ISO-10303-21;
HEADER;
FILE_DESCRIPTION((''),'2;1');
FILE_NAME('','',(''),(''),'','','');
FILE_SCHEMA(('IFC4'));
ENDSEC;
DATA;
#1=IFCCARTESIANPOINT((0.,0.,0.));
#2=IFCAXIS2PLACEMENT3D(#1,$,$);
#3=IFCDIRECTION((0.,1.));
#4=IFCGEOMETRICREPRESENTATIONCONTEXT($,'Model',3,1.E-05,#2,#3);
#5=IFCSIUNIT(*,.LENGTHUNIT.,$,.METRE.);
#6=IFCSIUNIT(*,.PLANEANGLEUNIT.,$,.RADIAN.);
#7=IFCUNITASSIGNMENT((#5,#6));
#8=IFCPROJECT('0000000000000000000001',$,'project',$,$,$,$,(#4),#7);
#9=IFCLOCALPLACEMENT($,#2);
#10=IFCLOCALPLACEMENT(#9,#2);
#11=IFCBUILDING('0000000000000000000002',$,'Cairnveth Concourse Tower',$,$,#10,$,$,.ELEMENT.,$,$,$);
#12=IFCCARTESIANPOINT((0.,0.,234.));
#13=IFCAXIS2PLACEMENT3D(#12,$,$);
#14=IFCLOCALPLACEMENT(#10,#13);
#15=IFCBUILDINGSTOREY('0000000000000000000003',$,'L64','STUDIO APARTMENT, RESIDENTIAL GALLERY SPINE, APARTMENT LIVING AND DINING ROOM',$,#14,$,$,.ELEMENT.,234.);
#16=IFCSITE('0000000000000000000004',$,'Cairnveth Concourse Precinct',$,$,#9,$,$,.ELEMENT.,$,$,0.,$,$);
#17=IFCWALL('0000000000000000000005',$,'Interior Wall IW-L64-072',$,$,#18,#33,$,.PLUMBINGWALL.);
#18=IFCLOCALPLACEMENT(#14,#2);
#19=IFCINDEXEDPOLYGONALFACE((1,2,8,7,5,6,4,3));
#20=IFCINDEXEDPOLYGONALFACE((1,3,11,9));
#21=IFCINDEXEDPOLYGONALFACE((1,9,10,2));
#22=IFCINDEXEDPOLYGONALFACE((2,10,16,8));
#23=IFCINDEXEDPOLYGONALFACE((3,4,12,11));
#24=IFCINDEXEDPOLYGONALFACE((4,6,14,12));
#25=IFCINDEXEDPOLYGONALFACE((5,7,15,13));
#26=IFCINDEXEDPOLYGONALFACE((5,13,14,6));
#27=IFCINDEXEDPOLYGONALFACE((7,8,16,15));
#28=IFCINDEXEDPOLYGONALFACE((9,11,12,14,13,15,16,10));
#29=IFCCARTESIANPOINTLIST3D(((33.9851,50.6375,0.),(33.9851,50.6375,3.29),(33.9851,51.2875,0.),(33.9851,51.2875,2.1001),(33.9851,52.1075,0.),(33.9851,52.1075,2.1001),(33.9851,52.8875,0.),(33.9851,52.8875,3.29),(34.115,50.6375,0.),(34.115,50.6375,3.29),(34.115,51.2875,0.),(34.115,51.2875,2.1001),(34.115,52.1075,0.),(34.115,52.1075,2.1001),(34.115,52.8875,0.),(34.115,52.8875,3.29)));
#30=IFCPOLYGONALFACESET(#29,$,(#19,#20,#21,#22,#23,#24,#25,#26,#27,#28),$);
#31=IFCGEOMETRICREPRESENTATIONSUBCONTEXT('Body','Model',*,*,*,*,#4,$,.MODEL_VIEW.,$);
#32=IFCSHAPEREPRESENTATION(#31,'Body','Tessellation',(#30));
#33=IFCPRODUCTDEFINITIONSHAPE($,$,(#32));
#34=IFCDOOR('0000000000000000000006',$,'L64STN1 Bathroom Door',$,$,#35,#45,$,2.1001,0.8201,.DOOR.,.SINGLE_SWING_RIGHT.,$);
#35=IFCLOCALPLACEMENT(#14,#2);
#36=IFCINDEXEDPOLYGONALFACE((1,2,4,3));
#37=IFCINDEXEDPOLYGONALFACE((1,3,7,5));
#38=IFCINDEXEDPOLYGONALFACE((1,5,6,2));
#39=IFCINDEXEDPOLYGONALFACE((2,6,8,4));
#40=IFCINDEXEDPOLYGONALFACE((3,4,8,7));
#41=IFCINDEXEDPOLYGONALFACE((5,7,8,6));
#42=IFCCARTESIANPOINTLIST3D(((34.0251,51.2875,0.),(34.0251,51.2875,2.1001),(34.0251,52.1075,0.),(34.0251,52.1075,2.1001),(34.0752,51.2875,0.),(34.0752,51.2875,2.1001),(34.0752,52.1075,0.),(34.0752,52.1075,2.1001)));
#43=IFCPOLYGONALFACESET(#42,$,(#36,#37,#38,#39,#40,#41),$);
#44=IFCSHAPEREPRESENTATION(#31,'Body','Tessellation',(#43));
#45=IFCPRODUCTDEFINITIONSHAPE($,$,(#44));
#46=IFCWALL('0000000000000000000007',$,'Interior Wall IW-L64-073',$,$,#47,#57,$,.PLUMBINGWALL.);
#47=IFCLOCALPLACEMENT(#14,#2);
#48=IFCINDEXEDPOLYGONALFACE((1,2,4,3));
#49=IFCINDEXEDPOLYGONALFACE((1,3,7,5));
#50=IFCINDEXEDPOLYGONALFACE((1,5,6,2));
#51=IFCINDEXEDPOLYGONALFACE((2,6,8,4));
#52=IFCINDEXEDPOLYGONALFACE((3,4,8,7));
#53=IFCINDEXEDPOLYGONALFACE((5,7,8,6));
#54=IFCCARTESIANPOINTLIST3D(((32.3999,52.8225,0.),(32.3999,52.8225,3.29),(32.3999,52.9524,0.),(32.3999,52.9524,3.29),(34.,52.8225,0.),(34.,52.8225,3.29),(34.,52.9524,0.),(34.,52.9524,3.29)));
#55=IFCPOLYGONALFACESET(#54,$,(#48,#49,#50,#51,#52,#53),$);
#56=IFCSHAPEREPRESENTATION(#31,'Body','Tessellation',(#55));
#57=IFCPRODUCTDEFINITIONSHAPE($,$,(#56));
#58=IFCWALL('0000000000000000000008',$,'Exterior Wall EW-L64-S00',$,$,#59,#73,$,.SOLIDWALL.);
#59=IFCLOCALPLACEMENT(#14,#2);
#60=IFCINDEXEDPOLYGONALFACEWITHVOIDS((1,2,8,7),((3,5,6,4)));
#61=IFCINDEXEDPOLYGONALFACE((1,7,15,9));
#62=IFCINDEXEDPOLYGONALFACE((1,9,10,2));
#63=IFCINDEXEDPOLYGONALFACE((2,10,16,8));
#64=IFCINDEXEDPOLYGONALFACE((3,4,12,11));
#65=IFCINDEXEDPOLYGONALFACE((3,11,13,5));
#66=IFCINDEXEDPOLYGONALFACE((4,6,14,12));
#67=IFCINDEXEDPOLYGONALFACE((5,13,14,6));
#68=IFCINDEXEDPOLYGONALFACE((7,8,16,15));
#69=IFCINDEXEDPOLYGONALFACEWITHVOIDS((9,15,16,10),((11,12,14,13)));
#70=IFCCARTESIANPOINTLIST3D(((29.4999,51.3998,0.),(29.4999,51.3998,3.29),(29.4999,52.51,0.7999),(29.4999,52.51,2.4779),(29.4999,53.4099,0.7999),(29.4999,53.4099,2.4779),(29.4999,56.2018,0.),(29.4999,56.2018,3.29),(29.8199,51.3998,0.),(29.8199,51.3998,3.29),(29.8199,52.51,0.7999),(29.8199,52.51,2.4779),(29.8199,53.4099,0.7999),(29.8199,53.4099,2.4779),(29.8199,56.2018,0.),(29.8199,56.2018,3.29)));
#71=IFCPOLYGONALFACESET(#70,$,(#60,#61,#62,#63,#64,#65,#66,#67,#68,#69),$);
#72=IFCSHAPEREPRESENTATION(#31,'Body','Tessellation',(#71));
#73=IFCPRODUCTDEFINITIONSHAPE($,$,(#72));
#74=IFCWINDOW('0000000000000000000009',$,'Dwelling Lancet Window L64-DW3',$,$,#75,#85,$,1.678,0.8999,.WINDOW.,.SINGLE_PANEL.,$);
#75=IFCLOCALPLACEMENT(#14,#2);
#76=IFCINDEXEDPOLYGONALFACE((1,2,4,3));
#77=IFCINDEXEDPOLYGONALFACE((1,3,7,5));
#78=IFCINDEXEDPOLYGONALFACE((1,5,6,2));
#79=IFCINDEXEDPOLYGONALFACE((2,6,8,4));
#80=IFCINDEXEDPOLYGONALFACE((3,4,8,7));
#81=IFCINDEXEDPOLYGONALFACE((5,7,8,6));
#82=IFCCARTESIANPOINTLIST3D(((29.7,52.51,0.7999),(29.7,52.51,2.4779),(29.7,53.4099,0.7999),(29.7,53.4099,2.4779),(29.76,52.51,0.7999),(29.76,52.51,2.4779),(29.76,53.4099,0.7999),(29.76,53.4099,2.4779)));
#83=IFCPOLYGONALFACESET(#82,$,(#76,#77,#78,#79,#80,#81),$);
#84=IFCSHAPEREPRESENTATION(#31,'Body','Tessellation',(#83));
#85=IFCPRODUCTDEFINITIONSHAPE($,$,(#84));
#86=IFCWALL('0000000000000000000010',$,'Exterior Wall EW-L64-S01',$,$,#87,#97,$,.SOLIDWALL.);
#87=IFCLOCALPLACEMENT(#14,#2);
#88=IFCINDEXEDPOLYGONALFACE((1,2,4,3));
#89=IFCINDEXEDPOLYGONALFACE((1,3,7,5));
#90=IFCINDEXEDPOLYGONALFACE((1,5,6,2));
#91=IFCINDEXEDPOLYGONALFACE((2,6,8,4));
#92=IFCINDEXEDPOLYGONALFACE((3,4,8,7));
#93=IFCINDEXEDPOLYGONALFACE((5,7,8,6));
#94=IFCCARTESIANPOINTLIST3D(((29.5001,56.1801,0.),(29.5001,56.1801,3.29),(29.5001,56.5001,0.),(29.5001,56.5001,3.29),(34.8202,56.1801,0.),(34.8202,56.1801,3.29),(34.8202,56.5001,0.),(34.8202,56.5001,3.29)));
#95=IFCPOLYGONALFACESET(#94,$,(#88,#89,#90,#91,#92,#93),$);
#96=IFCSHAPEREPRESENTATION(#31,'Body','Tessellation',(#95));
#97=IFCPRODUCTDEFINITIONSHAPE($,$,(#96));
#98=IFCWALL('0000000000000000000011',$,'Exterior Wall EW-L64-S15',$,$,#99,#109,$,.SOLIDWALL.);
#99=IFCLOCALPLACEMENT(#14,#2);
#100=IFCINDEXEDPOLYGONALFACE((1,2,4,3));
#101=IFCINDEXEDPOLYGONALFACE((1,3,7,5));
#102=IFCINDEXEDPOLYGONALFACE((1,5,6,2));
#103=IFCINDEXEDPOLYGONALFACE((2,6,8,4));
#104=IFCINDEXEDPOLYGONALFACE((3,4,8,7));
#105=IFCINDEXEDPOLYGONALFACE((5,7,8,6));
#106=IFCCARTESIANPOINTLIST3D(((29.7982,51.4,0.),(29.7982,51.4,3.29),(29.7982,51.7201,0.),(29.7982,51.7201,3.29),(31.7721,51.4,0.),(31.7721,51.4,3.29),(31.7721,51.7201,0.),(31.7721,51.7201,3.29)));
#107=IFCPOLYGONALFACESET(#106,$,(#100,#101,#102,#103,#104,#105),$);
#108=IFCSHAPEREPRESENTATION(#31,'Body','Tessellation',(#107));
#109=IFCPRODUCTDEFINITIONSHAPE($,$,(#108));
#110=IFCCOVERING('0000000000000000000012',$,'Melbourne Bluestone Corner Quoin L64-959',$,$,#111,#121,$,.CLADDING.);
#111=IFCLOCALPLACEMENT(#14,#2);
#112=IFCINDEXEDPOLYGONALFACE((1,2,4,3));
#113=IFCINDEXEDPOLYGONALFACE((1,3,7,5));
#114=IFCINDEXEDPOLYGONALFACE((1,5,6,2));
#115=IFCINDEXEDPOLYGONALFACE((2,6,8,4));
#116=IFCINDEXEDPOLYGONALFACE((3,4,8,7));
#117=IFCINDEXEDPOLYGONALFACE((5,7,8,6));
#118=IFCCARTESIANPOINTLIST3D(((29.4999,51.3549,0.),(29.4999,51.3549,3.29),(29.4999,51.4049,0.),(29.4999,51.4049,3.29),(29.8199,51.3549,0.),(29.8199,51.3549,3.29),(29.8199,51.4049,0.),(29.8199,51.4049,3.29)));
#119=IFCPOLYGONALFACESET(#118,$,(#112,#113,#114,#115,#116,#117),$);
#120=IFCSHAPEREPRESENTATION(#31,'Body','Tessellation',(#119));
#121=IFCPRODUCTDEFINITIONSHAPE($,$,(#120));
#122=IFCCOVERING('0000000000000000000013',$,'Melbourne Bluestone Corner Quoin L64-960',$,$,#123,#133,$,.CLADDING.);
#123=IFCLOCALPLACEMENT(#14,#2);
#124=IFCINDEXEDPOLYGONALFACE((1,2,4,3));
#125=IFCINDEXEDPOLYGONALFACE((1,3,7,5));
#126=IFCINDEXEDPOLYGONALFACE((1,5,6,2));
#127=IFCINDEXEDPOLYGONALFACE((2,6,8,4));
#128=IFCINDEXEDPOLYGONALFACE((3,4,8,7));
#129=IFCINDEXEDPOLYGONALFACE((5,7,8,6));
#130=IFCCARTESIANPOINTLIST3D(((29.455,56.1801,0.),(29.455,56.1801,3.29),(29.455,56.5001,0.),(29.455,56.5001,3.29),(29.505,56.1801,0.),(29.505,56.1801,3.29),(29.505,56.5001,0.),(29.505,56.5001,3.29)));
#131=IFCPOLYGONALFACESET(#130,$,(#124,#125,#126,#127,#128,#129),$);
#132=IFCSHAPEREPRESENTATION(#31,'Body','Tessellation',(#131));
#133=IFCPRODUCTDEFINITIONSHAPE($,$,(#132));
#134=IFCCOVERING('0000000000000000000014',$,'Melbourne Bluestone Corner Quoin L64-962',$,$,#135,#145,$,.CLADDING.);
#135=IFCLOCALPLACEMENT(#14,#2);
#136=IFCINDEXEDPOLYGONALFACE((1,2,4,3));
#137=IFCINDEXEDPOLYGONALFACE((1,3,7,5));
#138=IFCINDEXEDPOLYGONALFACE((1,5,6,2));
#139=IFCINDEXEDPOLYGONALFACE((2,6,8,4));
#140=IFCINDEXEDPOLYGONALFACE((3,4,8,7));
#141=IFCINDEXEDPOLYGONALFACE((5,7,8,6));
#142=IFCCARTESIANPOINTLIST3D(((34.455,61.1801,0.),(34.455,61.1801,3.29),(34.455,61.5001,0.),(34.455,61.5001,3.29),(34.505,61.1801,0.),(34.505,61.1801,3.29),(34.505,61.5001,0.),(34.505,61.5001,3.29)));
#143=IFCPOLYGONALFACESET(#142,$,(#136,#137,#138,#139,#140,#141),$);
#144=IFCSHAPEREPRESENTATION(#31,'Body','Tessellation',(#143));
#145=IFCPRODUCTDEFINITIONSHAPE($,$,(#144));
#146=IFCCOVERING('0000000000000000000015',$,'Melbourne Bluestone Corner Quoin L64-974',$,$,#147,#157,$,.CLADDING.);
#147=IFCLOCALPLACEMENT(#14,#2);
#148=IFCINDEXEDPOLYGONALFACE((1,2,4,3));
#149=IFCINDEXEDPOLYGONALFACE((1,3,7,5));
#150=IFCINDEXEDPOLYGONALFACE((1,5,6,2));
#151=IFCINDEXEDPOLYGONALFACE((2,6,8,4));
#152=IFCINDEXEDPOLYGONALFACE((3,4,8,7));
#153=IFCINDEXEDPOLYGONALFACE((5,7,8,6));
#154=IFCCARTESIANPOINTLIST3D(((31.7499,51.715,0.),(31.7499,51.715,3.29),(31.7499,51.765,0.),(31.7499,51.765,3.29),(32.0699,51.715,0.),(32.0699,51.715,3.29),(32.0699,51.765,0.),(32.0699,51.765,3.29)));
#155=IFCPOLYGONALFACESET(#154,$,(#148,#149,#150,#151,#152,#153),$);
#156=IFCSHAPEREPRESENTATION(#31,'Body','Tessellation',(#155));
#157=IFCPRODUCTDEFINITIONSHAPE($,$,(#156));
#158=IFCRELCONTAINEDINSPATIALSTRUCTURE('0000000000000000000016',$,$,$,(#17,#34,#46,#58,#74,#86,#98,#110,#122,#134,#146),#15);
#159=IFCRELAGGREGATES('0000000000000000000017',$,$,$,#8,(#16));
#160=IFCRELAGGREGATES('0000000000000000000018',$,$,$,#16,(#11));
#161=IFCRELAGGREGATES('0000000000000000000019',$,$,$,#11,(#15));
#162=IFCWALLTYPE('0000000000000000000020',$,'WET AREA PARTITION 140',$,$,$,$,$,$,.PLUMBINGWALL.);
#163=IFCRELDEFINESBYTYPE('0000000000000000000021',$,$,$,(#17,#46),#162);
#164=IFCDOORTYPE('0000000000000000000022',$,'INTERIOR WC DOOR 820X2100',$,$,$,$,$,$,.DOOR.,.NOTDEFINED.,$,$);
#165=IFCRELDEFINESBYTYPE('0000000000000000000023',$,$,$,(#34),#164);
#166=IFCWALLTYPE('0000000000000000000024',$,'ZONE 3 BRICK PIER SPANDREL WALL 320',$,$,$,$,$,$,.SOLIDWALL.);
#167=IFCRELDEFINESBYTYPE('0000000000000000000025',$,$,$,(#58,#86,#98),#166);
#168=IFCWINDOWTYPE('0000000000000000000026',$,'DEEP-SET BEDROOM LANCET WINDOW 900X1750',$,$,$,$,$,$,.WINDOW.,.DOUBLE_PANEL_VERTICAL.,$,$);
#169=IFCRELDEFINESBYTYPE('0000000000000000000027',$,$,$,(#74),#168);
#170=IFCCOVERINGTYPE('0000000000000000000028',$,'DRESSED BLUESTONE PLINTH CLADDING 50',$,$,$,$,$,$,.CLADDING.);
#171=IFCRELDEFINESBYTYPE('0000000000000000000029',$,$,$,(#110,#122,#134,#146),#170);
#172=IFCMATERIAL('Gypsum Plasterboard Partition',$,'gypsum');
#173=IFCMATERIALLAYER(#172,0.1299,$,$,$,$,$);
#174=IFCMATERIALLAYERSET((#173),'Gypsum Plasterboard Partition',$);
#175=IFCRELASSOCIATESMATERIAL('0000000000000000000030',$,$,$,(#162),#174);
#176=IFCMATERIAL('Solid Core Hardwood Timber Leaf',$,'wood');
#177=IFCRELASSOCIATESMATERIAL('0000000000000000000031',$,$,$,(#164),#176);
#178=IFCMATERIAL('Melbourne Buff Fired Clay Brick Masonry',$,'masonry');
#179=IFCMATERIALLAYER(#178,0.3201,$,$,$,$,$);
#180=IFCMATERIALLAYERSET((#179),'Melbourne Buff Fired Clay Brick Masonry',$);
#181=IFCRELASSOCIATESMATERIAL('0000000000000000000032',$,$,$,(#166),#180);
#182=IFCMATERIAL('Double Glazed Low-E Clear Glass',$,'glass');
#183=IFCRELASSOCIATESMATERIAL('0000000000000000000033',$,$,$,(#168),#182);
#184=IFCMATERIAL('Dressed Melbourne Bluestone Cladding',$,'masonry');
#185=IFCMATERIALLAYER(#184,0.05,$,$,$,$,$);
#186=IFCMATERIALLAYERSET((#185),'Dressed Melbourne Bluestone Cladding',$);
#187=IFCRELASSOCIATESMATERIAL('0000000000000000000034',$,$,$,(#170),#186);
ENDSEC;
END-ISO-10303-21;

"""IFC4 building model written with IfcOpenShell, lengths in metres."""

from ifc_helpers import new_model, si_unit, direction, frame, frame_2d, origin, place, context, subcontext, project, spatial, rectangle, extrude, material, layer, layer_set, type_object, element, fill, save


model = new_model("IFC4")

# Units and contexts
model_context = context("Model", 3, precision=1e-05, world=origin(), true_north=direction((0.0, 1.0)))
body_context = subcontext(model_context, "Body", "Model", "MODEL_VIEW")
ifc_project = project(units=[si_unit("LENGTHUNIT", "METRE"), si_unit("PLANEANGLEUNIT", "RADIAN")], contexts=[model_context])

# Site, building, storey
site_placement = place(None, origin())
site = spatial("IfcSite", under=ifc_project, at=site_placement, Name="Cairnveth Concourse Precinct", CompositionType="ELEMENT", RefElevation=0.0)
building_placement = place(site_placement, origin())
building = spatial("IfcBuilding", under=site, at=building_placement, Name="Cairnveth Concourse Tower", CompositionType="ELEMENT")
storey_placement = place(building_placement, frame((0.0, 0.0, 234.0)))
storey = spatial("IfcBuildingStorey", under=building, at=storey_placement, Name="L64", Description="STUDIO APARTMENT, RESIDENTIAL GALLERY SPINE, APARTMENT LIVING AND DINING ROOM", CompositionType="ELEMENT", Elevation=234.0)

# Wall, opening, door
ifc_material_1 = material(Name="Gypsum Plasterboard Partition", Category="gypsum")
ifc_layer_1 = layer(ifc_material_1, 0.1299)
ifc_layer_set_1 = layer_set([ifc_layer_1], Name="Gypsum Plasterboard Partition")
wall_type_1 = type_object("IfcWallType", Name="WET AREA PARTITION 140", PredefinedType="PLUMBINGWALL", material=ifc_layer_set_1)
wall_1_placement = place(storey_placement, frame((34.05, 50.6375, 0.0), z_axis=(0.0, 0.0, 1.0), x_axis=(0.0, 1.0, 0.0)))
wall_1 = element("IfcWall", 1, at=wall_1_placement, inside=storey, type_object=wall_type_1, Name="Interior Wall IW-L64-072", PredefinedType="PLUMBINGWALL", context=body_context, shape_type="SweptSolid", body=[
    extrude(rectangle(XDim=2.25, YDim=0.1299, at=frame_2d((1.125, 0.0))), origin(), (0.0, 0.0, 1.0), 3.29),
])
opening_1_placement = place(wall_1_placement, frame((0.6499, 0.0, 0.0)))
opening_1 = element("IfcOpeningElement", 2, at=opening_1_placement, cuts=wall_1, PredefinedType="OPENING", context=body_context, shape_type="SweptSolid", body=[
    extrude(rectangle(XDim=0.8201, YDim=2.1001, at=frame_2d((0.4102, 1.05))), frame((0.0, 0.075, 0.0), z_axis=(0.0, -1.0, 0.0), x_axis=(1.0, 0.0, 0.0)), (0.0, 0.0, 1.0), 0.1499),
])
ifc_material_2 = material(Name="Solid Core Hardwood Timber Leaf", Category="wood")
door_type = type_object("IfcDoorType", Name="INTERIOR WC DOOR 820X2100", OperationType="NOTDEFINED", PredefinedType="DOOR", material=ifc_material_2)
door_placement = place(opening_1_placement, origin())
door = element("IfcDoor", 3, at=door_placement, inside=storey, type_object=door_type, Name="L64STN1 Bathroom Door", OperationType="SINGLE_SWING_RIGHT", OverallHeight=2.1001, OverallWidth=0.8201, PredefinedType="DOOR", context=body_context, shape_type="SweptSolid", body=[
    extrude(rectangle(XDim=0.8201, YDim=2.1001, at=frame_2d((0.4102, 1.05))), frame((0.0, 0.0249, 0.0), z_axis=(0.0, -1.0, 0.0), x_axis=(1.0, 0.0, 0.0)), (0.0, 0.0, 1.0), 0.05),
])
fill(opening_1, door)

# Wall
wall_2_placement = place(storey_placement, frame((32.3999, 52.8875, 0.0), z_axis=(0.0, 0.0, 1.0), x_axis=(1.0, 0.0, 0.0)))
element("IfcWall", 4, at=wall_2_placement, inside=storey, type_object=wall_type_1, Name="Interior Wall IW-L64-073", PredefinedType="PLUMBINGWALL", context=body_context, shape_type="SweptSolid", body=[
    extrude(rectangle(XDim=1.6001, YDim=0.1299, at=frame_2d((0.8, 0.0))), origin(), (0.0, 0.0, 1.0), 3.29),
])

# Wall, opening, window
ifc_material_3 = material(Name="Melbourne Buff Fired Clay Brick Masonry", Category="masonry")
ifc_layer_2 = layer(ifc_material_3, 0.3201)
ifc_layer_set_2 = layer_set([ifc_layer_2], Name="Melbourne Buff Fired Clay Brick Masonry")
wall_type_2 = type_object("IfcWallType", Name="ZONE 3 BRICK PIER SPANDREL WALL 320", PredefinedType="SOLIDWALL", material=ifc_layer_set_2)
wall_3_placement = place(storey_placement, frame((29.6599, 51.3999, 0.0), z_axis=(0.0, 0.0, 1.0), x_axis=(0.0, 1.0, 0.0)))
wall_3 = element("IfcWall", 5, at=wall_3_placement, inside=storey, type_object=wall_type_2, Name="Exterior Wall EW-L64-S00", PredefinedType="SOLIDWALL", context=body_context, shape_type="SweptSolid", body=[
    extrude(rectangle(XDim=4.802, YDim=0.3201, at=frame_2d((2.4009, 0.0))), origin(), (0.0, 0.0, 1.0), 3.29),
])
opening_2_placement = place(wall_3_placement, frame((1.1101, 0.0, 0.8)))
opening_2 = element("IfcOpeningElement", 6, at=opening_2_placement, cuts=wall_3, PredefinedType="OPENING", context=body_context, shape_type="SweptSolid", body=[
    extrude(rectangle(XDim=0.8999, YDim=1.678, at=frame_2d((0.45, 0.8389))), frame((0.0, 0.1699, 0.0), z_axis=(0.0, -1.0, 0.0), x_axis=(1.0, 0.0, 0.0)), (0.0, 0.0, 1.0), 0.3401),
])
ifc_material_4 = material(Name="Double Glazed Low-E Clear Glass", Category="glass")
window_type = type_object("IfcWindowType", Name="DEEP-SET BEDROOM LANCET WINDOW 900X1750", PartitioningType="DOUBLE_PANEL_VERTICAL", PredefinedType="WINDOW", material=ifc_material_4)
window_placement = place(opening_2_placement, origin())
window = element("IfcWindow", 7, at=window_placement, inside=storey, type_object=window_type, Name="Dwelling Lancet Window L64-DW3", OverallHeight=1.678, OverallWidth=0.8999, PartitioningType="SINGLE_PANEL", PredefinedType="WINDOW", context=body_context, shape_type="SweptSolid", body=[
    extrude(rectangle(XDim=0.8999, YDim=1.678, at=frame_2d((0.45, 0.8389))), frame((0.0, -0.04, 0.0), z_axis=(0.0, -1.0, 0.0), x_axis=(1.0, 0.0, 0.0)), (0.0, 0.0, 1.0), 0.0601),
])
fill(opening_2, window)

# Walls
wall_4_placement = place(storey_placement, frame((29.5, 56.3401, 0.0), z_axis=(0.0, 0.0, 1.0), x_axis=(1.0, 0.0, 0.0)))
element("IfcWall", 8, at=wall_4_placement, inside=storey, type_object=wall_type_2, Name="Exterior Wall EW-L64-S01", PredefinedType="SOLIDWALL", context=body_context, shape_type="SweptSolid", body=[
    extrude(rectangle(XDim=5.3201, YDim=0.3201, at=frame_2d((2.6602, 0.0))), origin(), (0.0, 0.0, 1.0), 3.29),
])
wall_5_placement = place(storey_placement, frame((31.772, 51.5601, 0.0), z_axis=(0.0, 0.0, 1.0), x_axis=(-1.0, 0.0, 0.0)))
element("IfcWall", 9, at=wall_5_placement, inside=storey, type_object=wall_type_2, Name="Exterior Wall EW-L64-S15", PredefinedType="SOLIDWALL", context=body_context, shape_type="SweptSolid", body=[
    extrude(rectangle(XDim=1.9739, YDim=0.3201, at=frame_2d((0.9868, 0.0))), origin(), (0.0, 0.0, 1.0), 3.29),
])

# Coverings
ifc_material_5 = material(Name="Dressed Melbourne Bluestone Cladding", Category="masonry")
ifc_layer_3 = layer(ifc_material_5, 0.05)
ifc_layer_set_3 = layer_set([ifc_layer_3], Name="Dressed Melbourne Bluestone Cladding")
covering_type = type_object("IfcCoveringType", Name="DRESSED BLUESTONE PLINTH CLADDING 50", PredefinedType="CLADDING", material=ifc_layer_set_3)
for number, where, z_axis, x_axis, name in (
    (10, (29.8201, 51.3799, 0.0), (0.0, 0.0, 1.0), (-1.0, 0.0, 0.0), "Melbourne Bluestone Corner Quoin L64-959"),
    (11, (29.48, 56.1799, 0.0), (0.0, 0.0, 1.0), (0.0, 1.0, 0.0), "Melbourne Bluestone Corner Quoin L64-960"),
    (12, (34.48, 61.1799, 0.0), (0.0, 0.0, 1.0), (0.0, 1.0, 0.0), "Melbourne Bluestone Corner Quoin L64-962"),
    (13, (32.0701, 51.74, 0.0), (0.0, 0.0, 1.0), (-1.0, 0.0, 0.0), "Melbourne Bluestone Corner Quoin L64-974"),
):
    element("IfcCovering", number, at=place(storey_placement, frame(where, z_axis=z_axis, x_axis=x_axis)), inside=storey, type_object=covering_type, Name=name, PredefinedType="CLADDING", context=body_context, shape_type="SweptSolid", body=[
        extrude(rectangle(XDim=0.3201, YDim=0.05, at=frame_2d((0.1602, 0.0))), origin(), (0.0, 0.0, 1.0), 3.29),
    ])

save(model, "model.ifc")
